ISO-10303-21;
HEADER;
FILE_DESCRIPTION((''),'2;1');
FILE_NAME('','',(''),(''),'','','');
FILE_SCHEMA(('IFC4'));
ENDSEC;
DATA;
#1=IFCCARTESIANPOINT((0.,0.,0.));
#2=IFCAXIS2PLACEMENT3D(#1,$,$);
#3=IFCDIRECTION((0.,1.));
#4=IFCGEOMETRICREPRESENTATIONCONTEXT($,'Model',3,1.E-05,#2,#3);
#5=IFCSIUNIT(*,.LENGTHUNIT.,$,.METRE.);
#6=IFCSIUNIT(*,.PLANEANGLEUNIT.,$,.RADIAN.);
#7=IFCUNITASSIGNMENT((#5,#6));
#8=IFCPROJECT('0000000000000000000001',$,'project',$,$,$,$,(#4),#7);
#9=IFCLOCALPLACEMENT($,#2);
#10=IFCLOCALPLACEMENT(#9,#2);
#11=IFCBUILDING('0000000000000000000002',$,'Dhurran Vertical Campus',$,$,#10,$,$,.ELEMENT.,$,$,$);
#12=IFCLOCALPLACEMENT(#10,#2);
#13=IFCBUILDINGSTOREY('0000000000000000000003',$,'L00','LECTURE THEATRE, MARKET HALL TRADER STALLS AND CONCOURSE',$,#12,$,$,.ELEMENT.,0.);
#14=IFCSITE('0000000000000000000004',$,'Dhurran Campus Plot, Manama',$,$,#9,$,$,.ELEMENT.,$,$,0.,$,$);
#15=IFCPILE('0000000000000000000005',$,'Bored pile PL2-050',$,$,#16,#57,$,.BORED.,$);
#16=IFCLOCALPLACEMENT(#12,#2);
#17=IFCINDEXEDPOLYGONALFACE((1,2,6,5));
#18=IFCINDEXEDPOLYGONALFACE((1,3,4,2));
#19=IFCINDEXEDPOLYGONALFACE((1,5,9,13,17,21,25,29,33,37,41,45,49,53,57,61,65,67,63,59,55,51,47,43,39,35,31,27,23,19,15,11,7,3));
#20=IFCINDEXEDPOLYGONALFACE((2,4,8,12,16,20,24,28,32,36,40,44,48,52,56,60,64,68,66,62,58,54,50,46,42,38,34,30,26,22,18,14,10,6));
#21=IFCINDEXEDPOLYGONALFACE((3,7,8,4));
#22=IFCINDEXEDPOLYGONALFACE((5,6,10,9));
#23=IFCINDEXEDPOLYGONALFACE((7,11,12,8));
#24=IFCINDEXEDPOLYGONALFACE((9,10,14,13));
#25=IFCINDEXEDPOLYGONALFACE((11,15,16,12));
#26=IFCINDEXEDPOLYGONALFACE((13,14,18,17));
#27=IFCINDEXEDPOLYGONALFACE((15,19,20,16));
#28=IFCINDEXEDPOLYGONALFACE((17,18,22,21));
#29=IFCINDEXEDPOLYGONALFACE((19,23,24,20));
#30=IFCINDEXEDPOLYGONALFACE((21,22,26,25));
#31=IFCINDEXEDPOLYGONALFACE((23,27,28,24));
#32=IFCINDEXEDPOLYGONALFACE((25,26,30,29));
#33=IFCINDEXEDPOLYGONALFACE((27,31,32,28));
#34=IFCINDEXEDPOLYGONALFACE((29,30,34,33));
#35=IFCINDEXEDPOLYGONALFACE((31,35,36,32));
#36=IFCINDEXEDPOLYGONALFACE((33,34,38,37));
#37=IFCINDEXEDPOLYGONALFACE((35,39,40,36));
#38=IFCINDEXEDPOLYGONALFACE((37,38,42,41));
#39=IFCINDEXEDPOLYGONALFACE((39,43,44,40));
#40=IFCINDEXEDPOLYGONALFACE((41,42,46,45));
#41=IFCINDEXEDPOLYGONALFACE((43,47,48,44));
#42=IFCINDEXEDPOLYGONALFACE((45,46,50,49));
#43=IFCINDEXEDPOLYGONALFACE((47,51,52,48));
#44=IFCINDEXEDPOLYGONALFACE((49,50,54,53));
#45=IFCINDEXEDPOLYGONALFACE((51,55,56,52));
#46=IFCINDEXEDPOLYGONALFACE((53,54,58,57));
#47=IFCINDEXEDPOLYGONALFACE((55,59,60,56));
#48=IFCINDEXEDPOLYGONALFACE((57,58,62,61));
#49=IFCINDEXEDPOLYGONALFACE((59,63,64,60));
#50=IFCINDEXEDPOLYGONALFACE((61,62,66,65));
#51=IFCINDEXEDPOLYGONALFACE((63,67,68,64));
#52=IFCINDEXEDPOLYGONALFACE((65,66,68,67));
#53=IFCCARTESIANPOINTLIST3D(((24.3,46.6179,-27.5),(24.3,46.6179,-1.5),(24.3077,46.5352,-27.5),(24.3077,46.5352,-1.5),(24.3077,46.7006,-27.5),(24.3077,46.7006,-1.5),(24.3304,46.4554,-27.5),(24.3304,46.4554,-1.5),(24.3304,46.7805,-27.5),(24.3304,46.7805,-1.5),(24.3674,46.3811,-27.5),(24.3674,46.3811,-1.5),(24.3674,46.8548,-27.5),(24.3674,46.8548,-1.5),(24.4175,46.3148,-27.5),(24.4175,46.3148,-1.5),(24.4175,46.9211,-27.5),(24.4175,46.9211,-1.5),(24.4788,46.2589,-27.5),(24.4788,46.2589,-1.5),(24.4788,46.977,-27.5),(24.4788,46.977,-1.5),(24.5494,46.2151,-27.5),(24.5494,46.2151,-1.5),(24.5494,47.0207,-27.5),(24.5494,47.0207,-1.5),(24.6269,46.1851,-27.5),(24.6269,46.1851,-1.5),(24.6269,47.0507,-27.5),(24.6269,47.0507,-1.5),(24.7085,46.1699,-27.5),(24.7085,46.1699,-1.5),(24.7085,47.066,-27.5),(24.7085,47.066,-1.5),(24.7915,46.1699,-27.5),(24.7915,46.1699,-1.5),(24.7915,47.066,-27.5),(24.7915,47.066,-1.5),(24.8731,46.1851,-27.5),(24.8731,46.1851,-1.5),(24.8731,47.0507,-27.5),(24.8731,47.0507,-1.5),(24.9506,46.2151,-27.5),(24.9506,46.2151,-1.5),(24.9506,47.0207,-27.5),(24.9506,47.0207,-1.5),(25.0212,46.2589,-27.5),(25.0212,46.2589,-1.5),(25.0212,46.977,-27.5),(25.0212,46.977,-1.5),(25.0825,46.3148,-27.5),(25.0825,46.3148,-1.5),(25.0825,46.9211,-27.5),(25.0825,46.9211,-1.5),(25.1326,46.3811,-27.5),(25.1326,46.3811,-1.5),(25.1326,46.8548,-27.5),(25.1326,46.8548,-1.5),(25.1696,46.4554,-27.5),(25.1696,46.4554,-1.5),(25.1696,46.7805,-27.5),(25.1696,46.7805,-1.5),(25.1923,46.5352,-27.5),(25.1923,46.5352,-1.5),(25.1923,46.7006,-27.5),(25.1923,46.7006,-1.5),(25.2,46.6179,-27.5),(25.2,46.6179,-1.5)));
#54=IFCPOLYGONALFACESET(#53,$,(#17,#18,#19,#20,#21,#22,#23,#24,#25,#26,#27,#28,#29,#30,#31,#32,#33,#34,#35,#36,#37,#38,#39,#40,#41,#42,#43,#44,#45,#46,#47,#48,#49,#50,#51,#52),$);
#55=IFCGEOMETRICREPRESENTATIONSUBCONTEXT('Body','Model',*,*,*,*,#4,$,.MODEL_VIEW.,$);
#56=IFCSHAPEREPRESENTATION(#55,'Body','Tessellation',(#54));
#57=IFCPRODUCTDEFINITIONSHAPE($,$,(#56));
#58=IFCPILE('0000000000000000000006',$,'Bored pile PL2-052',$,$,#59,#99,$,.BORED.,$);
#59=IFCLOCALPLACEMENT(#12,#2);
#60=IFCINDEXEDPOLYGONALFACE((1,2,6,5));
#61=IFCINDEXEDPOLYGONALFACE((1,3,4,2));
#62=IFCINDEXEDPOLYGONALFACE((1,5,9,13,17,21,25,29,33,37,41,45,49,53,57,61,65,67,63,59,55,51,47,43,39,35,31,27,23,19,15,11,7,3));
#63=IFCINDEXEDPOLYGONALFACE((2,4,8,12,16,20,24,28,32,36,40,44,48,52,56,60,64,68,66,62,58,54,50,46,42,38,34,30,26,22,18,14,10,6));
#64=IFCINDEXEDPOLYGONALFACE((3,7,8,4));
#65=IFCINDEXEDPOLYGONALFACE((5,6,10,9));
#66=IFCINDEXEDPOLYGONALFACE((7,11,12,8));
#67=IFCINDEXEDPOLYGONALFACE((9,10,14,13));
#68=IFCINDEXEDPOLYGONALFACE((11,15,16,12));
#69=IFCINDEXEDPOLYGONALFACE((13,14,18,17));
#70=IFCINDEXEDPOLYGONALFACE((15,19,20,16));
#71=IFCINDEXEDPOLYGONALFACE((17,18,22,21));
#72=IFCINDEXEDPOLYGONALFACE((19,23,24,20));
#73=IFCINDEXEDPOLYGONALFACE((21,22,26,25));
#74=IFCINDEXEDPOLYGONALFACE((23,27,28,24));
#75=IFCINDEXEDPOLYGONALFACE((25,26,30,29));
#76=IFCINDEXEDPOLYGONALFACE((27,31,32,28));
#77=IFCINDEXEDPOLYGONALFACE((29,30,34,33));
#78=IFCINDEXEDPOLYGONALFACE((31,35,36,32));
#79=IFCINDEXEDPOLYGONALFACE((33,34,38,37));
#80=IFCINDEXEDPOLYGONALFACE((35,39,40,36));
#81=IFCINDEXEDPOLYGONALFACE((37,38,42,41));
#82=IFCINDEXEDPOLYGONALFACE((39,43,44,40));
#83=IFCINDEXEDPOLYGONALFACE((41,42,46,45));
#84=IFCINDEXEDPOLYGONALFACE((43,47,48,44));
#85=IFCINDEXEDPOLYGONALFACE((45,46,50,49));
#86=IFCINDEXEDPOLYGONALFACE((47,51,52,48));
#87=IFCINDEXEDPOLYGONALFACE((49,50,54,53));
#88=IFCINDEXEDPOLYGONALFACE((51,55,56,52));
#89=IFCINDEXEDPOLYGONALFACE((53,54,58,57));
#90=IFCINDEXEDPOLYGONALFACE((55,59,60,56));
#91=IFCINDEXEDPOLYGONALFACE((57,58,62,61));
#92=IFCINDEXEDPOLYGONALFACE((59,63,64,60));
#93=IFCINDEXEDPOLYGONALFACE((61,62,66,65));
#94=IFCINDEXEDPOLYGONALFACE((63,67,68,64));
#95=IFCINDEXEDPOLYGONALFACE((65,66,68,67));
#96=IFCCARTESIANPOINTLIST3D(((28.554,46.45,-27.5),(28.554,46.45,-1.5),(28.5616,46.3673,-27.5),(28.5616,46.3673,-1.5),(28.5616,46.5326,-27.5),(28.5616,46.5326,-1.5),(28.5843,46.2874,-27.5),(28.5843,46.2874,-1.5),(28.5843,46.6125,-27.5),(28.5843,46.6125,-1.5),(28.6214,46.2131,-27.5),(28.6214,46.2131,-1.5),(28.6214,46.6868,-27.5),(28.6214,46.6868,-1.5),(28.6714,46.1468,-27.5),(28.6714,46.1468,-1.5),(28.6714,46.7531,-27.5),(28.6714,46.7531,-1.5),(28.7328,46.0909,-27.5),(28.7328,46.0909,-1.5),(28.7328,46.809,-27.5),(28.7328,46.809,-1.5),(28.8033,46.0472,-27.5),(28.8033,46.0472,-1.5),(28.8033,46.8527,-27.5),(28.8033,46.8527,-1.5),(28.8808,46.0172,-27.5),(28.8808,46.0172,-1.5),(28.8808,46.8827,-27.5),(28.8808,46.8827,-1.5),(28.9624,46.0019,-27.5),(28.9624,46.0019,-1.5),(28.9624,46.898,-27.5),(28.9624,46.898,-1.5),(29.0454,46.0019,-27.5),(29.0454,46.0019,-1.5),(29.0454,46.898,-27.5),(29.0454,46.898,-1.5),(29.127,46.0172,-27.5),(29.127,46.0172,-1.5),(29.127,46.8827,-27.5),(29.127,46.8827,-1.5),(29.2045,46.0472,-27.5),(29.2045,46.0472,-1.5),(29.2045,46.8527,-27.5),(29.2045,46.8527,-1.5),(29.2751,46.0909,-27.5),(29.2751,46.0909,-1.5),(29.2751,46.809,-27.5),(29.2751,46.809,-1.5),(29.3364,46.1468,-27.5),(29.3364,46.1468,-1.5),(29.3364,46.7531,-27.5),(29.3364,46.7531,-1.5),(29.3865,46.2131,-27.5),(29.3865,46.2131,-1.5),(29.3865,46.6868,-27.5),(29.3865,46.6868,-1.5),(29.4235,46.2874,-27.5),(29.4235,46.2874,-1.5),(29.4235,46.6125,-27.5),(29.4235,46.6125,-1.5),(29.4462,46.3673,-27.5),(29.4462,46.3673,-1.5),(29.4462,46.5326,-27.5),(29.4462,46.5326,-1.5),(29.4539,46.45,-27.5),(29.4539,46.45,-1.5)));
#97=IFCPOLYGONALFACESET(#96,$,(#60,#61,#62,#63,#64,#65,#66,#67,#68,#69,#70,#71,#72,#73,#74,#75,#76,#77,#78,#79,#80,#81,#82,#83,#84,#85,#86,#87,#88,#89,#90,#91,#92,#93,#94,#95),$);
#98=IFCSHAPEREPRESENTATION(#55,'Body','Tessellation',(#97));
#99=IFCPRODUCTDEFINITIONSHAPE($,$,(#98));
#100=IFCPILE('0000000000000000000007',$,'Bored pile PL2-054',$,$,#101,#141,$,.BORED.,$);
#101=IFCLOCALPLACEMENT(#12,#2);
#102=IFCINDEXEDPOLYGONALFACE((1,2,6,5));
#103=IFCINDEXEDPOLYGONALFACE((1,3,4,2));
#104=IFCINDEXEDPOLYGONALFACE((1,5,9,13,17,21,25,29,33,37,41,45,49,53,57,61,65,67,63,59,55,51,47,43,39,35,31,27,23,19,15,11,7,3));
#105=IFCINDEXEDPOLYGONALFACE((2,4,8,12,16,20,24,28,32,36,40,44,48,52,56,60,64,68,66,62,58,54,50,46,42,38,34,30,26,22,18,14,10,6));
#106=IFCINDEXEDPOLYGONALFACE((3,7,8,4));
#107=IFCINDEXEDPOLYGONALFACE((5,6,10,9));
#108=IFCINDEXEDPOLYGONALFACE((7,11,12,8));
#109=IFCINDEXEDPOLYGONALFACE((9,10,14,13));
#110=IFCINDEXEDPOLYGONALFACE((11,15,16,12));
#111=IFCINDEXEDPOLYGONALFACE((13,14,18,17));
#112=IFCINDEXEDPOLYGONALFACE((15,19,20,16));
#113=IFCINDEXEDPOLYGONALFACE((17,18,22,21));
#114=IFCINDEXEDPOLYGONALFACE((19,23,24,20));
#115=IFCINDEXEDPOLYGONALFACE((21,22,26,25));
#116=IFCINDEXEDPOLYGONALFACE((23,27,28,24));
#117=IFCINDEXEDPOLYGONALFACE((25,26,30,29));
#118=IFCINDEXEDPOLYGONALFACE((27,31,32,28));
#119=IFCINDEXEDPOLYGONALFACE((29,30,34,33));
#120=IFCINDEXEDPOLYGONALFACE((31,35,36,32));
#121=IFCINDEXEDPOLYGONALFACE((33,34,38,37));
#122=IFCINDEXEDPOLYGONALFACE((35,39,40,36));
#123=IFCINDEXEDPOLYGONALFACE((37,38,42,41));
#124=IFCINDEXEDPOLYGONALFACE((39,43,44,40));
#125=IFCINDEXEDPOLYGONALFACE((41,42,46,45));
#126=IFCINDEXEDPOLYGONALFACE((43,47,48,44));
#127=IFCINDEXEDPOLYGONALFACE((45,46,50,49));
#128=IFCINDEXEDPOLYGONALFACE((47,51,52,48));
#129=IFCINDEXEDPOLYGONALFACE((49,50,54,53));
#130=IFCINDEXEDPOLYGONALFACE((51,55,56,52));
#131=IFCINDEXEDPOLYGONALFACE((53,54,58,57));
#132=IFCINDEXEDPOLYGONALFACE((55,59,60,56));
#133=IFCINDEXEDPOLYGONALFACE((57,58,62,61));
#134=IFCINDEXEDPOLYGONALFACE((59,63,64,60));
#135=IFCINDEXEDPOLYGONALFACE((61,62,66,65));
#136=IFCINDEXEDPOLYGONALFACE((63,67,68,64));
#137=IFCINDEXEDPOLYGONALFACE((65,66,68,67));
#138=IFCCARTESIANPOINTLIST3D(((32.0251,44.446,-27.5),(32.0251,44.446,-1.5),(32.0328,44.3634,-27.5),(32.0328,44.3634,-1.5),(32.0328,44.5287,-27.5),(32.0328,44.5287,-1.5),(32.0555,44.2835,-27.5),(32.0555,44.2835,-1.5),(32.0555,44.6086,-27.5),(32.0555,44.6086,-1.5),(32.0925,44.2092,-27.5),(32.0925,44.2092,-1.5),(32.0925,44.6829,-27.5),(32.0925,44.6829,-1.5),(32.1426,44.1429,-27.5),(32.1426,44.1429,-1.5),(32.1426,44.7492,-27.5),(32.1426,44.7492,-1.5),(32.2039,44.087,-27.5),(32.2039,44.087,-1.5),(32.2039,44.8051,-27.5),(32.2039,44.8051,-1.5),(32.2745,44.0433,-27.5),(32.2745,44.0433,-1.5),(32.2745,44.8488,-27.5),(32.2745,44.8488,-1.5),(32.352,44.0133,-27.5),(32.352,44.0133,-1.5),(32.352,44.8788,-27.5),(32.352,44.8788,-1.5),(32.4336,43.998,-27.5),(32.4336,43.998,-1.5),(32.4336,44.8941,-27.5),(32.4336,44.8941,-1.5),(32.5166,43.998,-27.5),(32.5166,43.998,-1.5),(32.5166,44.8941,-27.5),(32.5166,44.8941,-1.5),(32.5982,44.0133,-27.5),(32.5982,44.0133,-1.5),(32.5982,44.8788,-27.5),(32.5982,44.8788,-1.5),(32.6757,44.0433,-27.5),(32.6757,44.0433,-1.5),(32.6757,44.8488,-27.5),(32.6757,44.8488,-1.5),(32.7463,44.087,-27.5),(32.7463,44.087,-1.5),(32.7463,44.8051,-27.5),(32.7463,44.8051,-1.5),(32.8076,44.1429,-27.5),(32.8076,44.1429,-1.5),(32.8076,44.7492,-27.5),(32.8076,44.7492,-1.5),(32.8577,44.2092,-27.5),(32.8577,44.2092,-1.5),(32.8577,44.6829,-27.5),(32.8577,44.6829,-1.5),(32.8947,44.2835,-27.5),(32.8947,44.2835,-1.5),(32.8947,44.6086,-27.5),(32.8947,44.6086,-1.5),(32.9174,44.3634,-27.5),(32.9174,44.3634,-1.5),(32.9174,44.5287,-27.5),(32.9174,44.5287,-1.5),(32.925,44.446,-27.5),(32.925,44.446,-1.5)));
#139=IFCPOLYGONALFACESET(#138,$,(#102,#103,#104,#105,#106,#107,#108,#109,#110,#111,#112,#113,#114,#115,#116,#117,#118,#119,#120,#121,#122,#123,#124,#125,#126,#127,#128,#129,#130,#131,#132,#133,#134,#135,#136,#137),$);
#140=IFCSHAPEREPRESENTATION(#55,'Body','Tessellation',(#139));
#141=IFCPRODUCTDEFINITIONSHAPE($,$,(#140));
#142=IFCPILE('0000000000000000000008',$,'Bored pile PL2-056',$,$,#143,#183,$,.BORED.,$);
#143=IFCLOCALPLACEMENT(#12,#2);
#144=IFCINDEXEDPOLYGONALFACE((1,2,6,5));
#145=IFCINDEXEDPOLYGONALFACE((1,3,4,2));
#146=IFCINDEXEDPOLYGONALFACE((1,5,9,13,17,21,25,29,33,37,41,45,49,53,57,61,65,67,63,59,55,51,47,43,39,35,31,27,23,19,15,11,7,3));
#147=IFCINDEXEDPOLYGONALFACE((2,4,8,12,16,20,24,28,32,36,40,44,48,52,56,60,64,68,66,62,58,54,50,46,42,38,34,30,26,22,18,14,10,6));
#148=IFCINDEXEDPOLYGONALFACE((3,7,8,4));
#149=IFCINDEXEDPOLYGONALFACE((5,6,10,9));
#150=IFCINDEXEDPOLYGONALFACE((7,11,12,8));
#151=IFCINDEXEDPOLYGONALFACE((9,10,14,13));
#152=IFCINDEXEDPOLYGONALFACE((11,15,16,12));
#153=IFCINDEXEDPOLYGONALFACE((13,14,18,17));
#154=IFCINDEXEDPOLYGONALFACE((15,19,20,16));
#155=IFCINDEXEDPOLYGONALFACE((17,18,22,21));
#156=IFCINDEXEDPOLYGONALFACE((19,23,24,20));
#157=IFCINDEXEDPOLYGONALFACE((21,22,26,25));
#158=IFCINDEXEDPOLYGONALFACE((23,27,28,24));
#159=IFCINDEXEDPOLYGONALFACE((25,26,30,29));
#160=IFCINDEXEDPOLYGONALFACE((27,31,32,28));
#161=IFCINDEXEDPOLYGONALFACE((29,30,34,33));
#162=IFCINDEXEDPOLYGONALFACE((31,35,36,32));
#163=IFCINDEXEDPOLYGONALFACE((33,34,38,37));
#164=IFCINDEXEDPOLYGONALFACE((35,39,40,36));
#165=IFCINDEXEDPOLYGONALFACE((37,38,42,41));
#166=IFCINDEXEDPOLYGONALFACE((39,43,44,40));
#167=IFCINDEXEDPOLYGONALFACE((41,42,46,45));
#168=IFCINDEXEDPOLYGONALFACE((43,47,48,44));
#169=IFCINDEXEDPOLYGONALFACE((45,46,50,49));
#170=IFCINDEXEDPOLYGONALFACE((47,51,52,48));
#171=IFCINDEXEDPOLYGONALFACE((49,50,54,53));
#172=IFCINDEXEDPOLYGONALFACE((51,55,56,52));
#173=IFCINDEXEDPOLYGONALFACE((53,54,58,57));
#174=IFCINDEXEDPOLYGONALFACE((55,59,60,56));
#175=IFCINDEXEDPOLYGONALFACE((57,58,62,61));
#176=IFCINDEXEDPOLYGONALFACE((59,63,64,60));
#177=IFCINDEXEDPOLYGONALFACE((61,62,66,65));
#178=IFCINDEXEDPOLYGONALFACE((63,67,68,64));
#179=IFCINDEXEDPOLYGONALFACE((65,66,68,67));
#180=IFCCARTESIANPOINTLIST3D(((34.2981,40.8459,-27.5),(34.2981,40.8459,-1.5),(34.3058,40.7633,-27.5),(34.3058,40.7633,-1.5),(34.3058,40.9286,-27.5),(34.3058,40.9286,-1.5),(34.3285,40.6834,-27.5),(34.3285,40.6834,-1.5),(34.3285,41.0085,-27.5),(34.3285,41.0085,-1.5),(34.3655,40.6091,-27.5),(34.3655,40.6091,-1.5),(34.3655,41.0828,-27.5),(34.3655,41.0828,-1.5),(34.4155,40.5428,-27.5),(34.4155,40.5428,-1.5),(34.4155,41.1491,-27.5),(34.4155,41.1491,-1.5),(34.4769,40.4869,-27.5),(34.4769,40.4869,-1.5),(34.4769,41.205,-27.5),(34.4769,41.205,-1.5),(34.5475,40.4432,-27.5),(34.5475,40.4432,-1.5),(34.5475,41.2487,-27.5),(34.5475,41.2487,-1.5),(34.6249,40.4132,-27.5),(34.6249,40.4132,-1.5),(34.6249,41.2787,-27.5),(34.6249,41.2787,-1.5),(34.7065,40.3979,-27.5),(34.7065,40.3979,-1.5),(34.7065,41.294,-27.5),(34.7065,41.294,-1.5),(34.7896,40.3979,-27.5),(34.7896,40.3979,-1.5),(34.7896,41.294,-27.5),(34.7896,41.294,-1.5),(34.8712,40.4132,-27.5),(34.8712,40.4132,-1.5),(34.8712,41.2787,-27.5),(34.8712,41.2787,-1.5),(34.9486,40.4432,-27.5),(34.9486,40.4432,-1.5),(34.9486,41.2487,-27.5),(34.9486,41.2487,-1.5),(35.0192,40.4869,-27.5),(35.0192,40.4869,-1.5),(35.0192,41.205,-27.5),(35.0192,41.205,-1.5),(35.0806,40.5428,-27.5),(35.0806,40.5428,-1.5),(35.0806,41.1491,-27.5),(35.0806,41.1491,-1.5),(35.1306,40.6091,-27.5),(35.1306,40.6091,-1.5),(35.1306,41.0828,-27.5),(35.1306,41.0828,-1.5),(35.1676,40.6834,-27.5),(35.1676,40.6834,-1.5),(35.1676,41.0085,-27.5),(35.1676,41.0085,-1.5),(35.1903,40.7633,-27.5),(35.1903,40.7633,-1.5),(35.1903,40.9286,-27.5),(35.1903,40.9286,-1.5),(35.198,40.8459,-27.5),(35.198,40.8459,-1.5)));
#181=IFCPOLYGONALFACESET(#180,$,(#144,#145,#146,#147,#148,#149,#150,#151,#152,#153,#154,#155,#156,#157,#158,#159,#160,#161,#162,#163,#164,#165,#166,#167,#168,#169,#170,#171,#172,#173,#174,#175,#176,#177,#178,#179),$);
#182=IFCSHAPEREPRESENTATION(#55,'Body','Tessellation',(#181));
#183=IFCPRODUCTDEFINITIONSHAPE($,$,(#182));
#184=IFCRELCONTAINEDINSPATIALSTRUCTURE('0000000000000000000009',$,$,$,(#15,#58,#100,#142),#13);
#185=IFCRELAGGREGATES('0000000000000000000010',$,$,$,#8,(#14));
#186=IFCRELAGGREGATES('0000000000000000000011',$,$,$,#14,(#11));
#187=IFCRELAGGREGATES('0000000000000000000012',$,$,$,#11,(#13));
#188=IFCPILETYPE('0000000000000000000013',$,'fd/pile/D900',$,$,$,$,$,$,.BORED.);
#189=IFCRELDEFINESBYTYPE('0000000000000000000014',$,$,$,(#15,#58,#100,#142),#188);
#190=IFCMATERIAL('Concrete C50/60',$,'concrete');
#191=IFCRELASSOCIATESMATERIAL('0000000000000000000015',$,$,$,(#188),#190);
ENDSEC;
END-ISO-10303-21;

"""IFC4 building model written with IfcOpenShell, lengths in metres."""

from ifc_helpers import new_model, si_unit, direction, frame, origin, origin_2d, place, context, subcontext, project, spatial, circle, extrude, material, material_profile, profile_set, type_object, element, save


model = new_model("IFC4")

# Units and contexts
model_context = context("Model", 3, precision=1e-05, world=origin(), true_north=direction((0.0, 1.0)))
body_context = subcontext(model_context, "Body", "Model", "MODEL_VIEW")
ifc_project = project(units=[si_unit("LENGTHUNIT", "METRE"), si_unit("PLANEANGLEUNIT", "RADIAN")], contexts=[model_context])

# Site, building, storey
site_placement = place(None, origin())
site = spatial("IfcSite", under=ifc_project, at=site_placement, Name="Dhurran Campus Plot, Manama", CompositionType="ELEMENT", RefElevation=0.0)
building_placement = place(site_placement, origin())
building = spatial("IfcBuilding", under=site, at=building_placement, Name="Dhurran Vertical Campus", CompositionType="ELEMENT")
storey_placement = place(building_placement, origin())
storey = spatial("IfcBuildingStorey", under=building, at=storey_placement, Name="L00", Description="LECTURE THEATRE, MARKET HALL TRADER STALLS AND CONCOURSE", CompositionType="ELEMENT", Elevation=0.0)

# Piles
ifc_material_1 = material(Name="Concrete C50/60", Category="concrete")
ifc_material_profile_1 = material_profile(ifc_material_1, circle(Radius=0.45, at=origin_2d()), Name="fd/pile/D900")
ifc_profile_set_1 = profile_set([ifc_material_profile_1], Name="Concrete C50/60")
pile_type = type_object("IfcPileType", Name="fd/pile/D900", PredefinedType="BORED", material=ifc_profile_set_1)
for number, where, z_axis, x_axis, name in (
    (1, (24.75, 46.6179, -1.5), (0.0, 0.0, -1.0), (1.0, 0.0, 0.0), "Bored pile PL2-050"),
    (2, (29.0039, 46.45, -1.5), (0.0, 0.0, -1.0), (1.0, 0.0, 0.0), "Bored pile PL2-052"),
    (3, (32.4751, 44.446, -1.5), (0.0, 0.0, -1.0), (1.0, 0.0, 0.0), "Bored pile PL2-054"),
    (4, (34.748, 40.8459, -1.5), (0.0, 0.0, -1.0), (1.0, 0.0, 0.0), "Bored pile PL2-056"),
):
    element("IfcPile", number, at=place(storey_placement, frame(where, z_axis=z_axis, x_axis=x_axis)), inside=storey, type_object=pile_type, Name=name, PredefinedType="BORED", context=body_context, shape_type="SweptSolid", body=[
        extrude(circle(Radius=0.45, at=origin_2d()), origin(), (0.0, 0.0, 1.0), 26.0),
    ])

save(model, "model.ifc")
